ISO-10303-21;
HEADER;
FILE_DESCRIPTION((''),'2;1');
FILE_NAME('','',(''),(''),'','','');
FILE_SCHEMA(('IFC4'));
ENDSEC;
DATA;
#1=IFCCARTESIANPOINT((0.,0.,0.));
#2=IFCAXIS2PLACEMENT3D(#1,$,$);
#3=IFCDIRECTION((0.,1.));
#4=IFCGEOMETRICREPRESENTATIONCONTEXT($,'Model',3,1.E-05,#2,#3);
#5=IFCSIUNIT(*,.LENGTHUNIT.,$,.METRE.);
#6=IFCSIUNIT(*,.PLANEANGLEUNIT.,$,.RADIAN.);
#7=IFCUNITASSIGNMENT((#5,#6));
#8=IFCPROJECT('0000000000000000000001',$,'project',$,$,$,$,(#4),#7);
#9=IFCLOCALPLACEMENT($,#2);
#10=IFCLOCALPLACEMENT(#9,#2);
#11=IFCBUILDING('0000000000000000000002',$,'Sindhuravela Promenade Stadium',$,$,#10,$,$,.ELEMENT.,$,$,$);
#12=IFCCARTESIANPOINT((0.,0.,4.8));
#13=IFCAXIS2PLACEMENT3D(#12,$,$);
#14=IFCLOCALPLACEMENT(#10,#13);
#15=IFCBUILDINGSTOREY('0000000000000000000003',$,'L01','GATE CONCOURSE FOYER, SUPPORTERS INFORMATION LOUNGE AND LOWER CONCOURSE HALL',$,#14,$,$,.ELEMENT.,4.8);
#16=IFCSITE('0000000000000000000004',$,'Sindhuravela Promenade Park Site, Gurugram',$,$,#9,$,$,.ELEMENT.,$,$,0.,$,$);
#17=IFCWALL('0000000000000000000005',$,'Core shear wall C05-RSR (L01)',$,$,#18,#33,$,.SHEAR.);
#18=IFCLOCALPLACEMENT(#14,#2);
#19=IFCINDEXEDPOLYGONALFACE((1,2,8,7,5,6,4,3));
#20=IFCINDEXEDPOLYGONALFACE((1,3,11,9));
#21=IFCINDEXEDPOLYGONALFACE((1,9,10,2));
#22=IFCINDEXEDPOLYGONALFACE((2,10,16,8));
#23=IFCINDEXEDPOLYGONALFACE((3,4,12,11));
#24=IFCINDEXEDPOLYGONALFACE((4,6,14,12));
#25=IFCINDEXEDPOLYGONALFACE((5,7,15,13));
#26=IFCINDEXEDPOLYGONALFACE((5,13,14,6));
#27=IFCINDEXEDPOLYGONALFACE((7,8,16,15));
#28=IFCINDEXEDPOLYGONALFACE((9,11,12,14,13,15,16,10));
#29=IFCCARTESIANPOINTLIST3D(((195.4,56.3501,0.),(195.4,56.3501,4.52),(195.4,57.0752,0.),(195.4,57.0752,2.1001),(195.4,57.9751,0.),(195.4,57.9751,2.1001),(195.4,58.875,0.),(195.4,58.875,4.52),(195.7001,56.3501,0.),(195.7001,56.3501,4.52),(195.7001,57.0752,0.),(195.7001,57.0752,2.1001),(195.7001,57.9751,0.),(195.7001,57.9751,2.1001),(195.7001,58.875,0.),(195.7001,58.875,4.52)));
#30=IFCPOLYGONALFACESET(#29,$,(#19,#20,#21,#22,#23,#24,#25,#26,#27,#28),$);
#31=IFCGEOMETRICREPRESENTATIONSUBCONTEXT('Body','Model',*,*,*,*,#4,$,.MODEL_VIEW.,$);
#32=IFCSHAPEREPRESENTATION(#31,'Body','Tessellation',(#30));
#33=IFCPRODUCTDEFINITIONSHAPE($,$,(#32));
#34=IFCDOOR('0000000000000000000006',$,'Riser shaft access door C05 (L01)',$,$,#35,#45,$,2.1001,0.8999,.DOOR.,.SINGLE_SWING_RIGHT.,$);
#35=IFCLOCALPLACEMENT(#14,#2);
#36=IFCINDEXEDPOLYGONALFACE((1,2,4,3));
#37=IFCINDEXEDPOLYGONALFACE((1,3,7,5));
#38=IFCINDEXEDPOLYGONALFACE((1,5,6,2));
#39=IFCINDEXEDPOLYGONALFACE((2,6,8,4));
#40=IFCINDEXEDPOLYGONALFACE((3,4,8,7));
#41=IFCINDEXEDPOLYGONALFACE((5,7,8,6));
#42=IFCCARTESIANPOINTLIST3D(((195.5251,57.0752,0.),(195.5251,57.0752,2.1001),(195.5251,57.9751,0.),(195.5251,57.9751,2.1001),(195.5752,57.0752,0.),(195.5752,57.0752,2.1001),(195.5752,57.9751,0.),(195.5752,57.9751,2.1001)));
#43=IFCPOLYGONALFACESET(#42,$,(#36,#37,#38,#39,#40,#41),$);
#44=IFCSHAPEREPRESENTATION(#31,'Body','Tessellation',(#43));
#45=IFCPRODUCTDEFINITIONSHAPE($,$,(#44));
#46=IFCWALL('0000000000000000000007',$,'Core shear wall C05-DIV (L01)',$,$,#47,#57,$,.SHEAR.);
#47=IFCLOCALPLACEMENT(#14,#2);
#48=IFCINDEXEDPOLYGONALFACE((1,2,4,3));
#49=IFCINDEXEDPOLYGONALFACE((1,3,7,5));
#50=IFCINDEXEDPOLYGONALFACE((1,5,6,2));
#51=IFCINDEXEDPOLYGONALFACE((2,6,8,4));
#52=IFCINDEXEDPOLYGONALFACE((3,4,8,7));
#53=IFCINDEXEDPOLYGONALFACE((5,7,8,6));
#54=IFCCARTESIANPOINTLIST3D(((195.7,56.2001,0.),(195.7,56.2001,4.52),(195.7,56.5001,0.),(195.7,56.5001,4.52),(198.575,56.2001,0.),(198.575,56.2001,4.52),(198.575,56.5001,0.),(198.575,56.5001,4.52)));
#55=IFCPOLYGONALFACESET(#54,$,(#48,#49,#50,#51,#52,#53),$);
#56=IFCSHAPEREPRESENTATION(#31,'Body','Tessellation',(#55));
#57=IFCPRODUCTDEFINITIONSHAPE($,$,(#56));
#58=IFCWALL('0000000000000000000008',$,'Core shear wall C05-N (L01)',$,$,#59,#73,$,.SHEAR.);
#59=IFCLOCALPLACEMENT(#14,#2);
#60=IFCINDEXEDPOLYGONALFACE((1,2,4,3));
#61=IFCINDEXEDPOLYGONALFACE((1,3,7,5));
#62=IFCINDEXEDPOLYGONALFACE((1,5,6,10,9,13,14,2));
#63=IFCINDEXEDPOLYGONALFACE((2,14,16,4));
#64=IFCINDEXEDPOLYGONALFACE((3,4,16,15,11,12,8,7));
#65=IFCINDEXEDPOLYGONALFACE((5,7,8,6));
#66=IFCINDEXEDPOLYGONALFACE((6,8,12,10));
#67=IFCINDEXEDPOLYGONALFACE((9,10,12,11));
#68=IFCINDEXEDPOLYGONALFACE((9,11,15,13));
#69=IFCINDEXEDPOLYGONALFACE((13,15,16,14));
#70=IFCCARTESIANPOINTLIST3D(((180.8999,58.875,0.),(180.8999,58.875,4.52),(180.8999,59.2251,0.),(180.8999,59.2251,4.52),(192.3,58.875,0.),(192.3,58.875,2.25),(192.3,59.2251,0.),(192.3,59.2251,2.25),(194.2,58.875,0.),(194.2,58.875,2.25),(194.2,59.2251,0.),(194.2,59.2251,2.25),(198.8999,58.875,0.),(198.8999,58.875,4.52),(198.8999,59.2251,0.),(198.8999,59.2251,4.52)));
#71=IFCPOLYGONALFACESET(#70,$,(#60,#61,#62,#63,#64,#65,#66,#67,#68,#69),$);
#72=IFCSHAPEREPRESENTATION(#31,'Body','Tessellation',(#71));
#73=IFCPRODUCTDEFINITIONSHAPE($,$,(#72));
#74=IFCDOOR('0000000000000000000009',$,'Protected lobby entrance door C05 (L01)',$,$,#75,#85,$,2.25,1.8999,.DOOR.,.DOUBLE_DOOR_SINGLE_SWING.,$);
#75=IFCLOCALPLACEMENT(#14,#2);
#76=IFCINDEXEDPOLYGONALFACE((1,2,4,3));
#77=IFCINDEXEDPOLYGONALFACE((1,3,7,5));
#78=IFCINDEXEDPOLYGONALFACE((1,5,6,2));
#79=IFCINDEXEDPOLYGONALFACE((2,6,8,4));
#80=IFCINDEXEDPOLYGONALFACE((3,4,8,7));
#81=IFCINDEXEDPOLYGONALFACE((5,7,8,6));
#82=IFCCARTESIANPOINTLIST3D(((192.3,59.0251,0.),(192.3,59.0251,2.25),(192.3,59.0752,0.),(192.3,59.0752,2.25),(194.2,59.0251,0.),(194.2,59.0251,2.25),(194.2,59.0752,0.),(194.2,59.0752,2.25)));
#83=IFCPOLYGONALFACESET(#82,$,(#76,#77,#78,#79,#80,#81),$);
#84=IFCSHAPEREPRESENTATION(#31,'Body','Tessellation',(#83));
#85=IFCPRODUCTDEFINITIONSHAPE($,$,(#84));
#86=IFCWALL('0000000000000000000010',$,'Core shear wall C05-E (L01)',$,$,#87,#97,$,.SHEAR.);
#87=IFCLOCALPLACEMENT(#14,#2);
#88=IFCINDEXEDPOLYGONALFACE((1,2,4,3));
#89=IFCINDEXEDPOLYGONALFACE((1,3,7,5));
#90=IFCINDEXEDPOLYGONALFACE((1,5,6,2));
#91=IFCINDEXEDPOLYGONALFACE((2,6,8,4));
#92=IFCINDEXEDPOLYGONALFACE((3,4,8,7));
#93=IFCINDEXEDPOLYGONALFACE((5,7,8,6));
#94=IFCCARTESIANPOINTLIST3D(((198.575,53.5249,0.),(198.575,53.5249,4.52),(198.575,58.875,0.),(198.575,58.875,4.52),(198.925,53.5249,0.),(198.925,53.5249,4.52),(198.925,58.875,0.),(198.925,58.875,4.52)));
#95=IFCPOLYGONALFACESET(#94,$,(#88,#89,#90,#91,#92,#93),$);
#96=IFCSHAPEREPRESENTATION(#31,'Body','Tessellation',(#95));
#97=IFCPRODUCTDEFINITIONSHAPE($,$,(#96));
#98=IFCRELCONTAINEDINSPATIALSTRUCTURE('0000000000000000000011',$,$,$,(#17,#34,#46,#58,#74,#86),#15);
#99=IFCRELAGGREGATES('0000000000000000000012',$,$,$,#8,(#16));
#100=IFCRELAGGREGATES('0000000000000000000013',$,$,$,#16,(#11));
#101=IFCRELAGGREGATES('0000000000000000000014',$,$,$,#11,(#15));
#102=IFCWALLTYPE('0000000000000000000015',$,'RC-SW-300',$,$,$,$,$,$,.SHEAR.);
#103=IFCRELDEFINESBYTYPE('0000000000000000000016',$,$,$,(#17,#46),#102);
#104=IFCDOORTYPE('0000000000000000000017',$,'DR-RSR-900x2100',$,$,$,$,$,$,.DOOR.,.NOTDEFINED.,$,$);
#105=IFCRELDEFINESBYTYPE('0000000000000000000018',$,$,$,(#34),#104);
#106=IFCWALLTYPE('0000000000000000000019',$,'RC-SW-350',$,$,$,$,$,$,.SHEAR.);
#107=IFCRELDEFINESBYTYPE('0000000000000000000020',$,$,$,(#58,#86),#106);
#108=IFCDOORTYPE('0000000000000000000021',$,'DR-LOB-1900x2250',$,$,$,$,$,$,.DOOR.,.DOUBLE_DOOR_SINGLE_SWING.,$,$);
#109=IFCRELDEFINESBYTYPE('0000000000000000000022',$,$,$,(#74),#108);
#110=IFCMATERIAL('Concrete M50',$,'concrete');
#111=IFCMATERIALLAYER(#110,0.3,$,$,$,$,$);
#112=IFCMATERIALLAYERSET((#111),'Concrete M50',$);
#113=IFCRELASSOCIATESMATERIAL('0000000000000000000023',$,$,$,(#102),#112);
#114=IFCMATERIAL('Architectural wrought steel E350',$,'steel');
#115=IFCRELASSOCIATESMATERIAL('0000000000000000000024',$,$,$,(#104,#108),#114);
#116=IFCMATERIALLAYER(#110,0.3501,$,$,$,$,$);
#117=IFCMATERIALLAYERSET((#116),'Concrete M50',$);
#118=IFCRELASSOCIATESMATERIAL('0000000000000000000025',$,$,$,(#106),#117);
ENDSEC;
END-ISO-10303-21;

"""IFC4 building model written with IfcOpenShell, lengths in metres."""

from ifc_helpers import new_model, si_unit, direction, frame, frame_2d, origin, place, context, subcontext, project, spatial, rectangle, extrude, material, layer, layer_set, type_object, element, fill, save


model = new_model("IFC4")

# Units and contexts
model_context = context("Model", 3, precision=1e-05, world=origin(), true_north=direction((0.0, 1.0)))
body_context = subcontext(model_context, "Body", "Model", "MODEL_VIEW")
ifc_project = project(units=[si_unit("LENGTHUNIT", "METRE"), si_unit("PLANEANGLEUNIT", "RADIAN")], contexts=[model_context])

# Site, building, storey
site_placement = place(None, origin())
site = spatial("IfcSite", under=ifc_project, at=site_placement, Name="Sindhuravela Promenade Park Site, Gurugram", CompositionType="ELEMENT", RefElevation=0.0)
building_placement = place(site_placement, origin())
building = spatial("IfcBuilding", under=site, at=building_placement, Name="Sindhuravela Promenade Stadium", CompositionType="ELEMENT")
storey_placement = place(building_placement, frame((0.0, 0.0, 4.8)))
storey = spatial("IfcBuildingStorey", under=building, at=storey_placement, Name="L01", Description="GATE CONCOURSE FOYER, SUPPORTERS INFORMATION LOUNGE AND LOWER CONCOURSE HALL", CompositionType="ELEMENT", Elevation=4.8)

# Shared definitions
ifc_material_1 = material(Name="Concrete M50", Category="concrete")

# Wall, opening, door
ifc_layer_1 = layer(ifc_material_1, 0.3)
ifc_layer_set_1 = layer_set([ifc_layer_1], Name="Concrete M50")
wall_type_1 = type_object("IfcWallType", Name="RC-SW-300", PredefinedType="SHEAR", material=ifc_layer_set_1)
ifc_material_2 = material(Name="Architectural wrought steel E350", Category="steel")
wall_1_placement = place(storey_placement, frame((195.55, 56.3501, 0.0), z_axis=(0.0, 0.0, 1.0), x_axis=(0.0, 1.0, 0.0)))
wall_1 = element("IfcWall", 1, at=wall_1_placement, inside=storey, type_object=wall_type_1, Name="Core shear wall C05-RSR (L01)", PredefinedType="SHEAR", context=body_context, shape_type="SweptSolid", body=[
    extrude(rectangle(XDim=2.5249, YDim=0.3, at=frame_2d((1.2625, 0.0))), origin(), (0.0, 0.0, 1.0), 4.52),
])
opening_1_placement = place(wall_1_placement, frame((0.7251, 0.0, 0.0)))
opening_1 = element("IfcOpeningElement", 2, at=opening_1_placement, cuts=wall_1, PredefinedType="OPENING", context=body_context, shape_type="SweptSolid", body=[
    extrude(rectangle(XDim=0.8999, YDim=2.1001, at=frame_2d((0.45, 1.05))), frame((0.0, 0.1599, 0.0), z_axis=(0.0, -1.0, 0.0), x_axis=(1.0, 0.0, 0.0)), (0.0, 0.0, 1.0), 0.3201),
])
door_type_1 = type_object("IfcDoorType", Name="DR-RSR-900x2100", OperationType="NOTDEFINED", PredefinedType="DOOR", material=ifc_material_2)
door_1_placement = place(opening_1_placement, origin())
door_1 = element("IfcDoor", 3, at=door_1_placement, inside=storey, type_object=door_type_1, Name="Riser shaft access door C05 (L01)", OperationType="SINGLE_SWING_RIGHT", OverallHeight=2.1001, OverallWidth=0.8999, PredefinedType="DOOR", context=body_context, shape_type="SweptSolid", body=[
    extrude(rectangle(XDim=0.8999, YDim=2.1001, at=frame_2d((0.45, 1.05))), frame((0.0, 0.0249, 0.0), z_axis=(0.0, -1.0, 0.0), x_axis=(1.0, 0.0, 0.0)), (0.0, 0.0, 1.0), 0.05),
])
fill(opening_1, door_1)

# Wall
wall_2_placement = place(storey_placement, frame((195.7, 56.3501, 0.0), z_axis=(0.0, 0.0, 1.0), x_axis=(1.0, 0.0, 0.0)))
element("IfcWall", 4, at=wall_2_placement, inside=storey, type_object=wall_type_1, Name="Core shear wall C05-DIV (L01)", PredefinedType="SHEAR", context=body_context, shape_type="SweptSolid", body=[
    extrude(rectangle(XDim=2.875, YDim=0.3, at=frame_2d((1.4375, 0.0))), origin(), (0.0, 0.0, 1.0), 4.52),
])

# Wall, opening, door
ifc_layer_2 = layer(ifc_material_1, 0.3501)
ifc_layer_set_2 = layer_set([ifc_layer_2], Name="Concrete M50")
wall_type_2 = type_object("IfcWallType", Name="RC-SW-350", PredefinedType="SHEAR", material=ifc_layer_set_2)
wall_3_placement = place(storey_placement, frame((198.8999, 59.05, 0.0), z_axis=(0.0, 0.0, 1.0), x_axis=(-1.0, 0.0, 0.0)))
wall_3 = element("IfcWall", 5, at=wall_3_placement, inside=storey, type_object=wall_type_2, Name="Core shear wall C05-N (L01)", PredefinedType="SHEAR", context=body_context, shape_type="SweptSolid", body=[
    extrude(rectangle(XDim=18.0, YDim=0.3501, at=frame_2d((9.0, 0.0))), origin(), (0.0, 0.0, 1.0), 4.52),
])
opening_2_placement = place(wall_3_placement, frame((4.7, 0.0, 0.0)))
opening_2 = element("IfcOpeningElement", 6, at=opening_2_placement, cuts=wall_3, PredefinedType="OPENING", context=body_context, shape_type="SweptSolid", body=[
    extrude(rectangle(XDim=1.8999, YDim=2.25, at=frame_2d((0.95, 1.125))), frame((0.0, 0.1851, 0.0), z_axis=(0.0, -1.0, 0.0), x_axis=(1.0, 0.0, 0.0)), (0.0, 0.0, 1.0), 0.3701),
])
door_type_2 = type_object("IfcDoorType", Name="DR-LOB-1900x2250", OperationType="DOUBLE_DOOR_SINGLE_SWING", PredefinedType="DOOR", material=ifc_material_2)
door_2_placement = place(opening_2_placement, origin())
door_2 = element("IfcDoor", 7, at=door_2_placement, inside=storey, type_object=door_type_2, Name="Protected lobby entrance door C05 (L01)", OperationType="DOUBLE_DOOR_SINGLE_SWING", OverallHeight=2.25, OverallWidth=1.8999, PredefinedType="DOOR", context=body_context, shape_type="SweptSolid", body=[
    extrude(rectangle(XDim=1.8999, YDim=2.25, at=frame_2d((0.95, 1.125))), frame((0.0, 0.0249, 0.0), z_axis=(0.0, -1.0, 0.0), x_axis=(1.0, 0.0, 0.0)), (0.0, 0.0, 1.0), 0.05),
])
fill(opening_2, door_2)

# Wall
wall_4_placement = place(storey_placement, frame((198.75, 53.5249, 0.0), z_axis=(0.0, 0.0, 1.0), x_axis=(0.0, 1.0, 0.0)))
element("IfcWall", 8, at=wall_4_placement, inside=storey, type_object=wall_type_2, Name="Core shear wall C05-E (L01)", PredefinedType="SHEAR", context=body_context, shape_type="SweptSolid", body=[
    extrude(rectangle(XDim=5.3501, YDim=0.3501, at=frame_2d((2.675, 0.0))), origin(), (0.0, 0.0, 1.0), 4.52),
])

save(model, "model.ifc")
